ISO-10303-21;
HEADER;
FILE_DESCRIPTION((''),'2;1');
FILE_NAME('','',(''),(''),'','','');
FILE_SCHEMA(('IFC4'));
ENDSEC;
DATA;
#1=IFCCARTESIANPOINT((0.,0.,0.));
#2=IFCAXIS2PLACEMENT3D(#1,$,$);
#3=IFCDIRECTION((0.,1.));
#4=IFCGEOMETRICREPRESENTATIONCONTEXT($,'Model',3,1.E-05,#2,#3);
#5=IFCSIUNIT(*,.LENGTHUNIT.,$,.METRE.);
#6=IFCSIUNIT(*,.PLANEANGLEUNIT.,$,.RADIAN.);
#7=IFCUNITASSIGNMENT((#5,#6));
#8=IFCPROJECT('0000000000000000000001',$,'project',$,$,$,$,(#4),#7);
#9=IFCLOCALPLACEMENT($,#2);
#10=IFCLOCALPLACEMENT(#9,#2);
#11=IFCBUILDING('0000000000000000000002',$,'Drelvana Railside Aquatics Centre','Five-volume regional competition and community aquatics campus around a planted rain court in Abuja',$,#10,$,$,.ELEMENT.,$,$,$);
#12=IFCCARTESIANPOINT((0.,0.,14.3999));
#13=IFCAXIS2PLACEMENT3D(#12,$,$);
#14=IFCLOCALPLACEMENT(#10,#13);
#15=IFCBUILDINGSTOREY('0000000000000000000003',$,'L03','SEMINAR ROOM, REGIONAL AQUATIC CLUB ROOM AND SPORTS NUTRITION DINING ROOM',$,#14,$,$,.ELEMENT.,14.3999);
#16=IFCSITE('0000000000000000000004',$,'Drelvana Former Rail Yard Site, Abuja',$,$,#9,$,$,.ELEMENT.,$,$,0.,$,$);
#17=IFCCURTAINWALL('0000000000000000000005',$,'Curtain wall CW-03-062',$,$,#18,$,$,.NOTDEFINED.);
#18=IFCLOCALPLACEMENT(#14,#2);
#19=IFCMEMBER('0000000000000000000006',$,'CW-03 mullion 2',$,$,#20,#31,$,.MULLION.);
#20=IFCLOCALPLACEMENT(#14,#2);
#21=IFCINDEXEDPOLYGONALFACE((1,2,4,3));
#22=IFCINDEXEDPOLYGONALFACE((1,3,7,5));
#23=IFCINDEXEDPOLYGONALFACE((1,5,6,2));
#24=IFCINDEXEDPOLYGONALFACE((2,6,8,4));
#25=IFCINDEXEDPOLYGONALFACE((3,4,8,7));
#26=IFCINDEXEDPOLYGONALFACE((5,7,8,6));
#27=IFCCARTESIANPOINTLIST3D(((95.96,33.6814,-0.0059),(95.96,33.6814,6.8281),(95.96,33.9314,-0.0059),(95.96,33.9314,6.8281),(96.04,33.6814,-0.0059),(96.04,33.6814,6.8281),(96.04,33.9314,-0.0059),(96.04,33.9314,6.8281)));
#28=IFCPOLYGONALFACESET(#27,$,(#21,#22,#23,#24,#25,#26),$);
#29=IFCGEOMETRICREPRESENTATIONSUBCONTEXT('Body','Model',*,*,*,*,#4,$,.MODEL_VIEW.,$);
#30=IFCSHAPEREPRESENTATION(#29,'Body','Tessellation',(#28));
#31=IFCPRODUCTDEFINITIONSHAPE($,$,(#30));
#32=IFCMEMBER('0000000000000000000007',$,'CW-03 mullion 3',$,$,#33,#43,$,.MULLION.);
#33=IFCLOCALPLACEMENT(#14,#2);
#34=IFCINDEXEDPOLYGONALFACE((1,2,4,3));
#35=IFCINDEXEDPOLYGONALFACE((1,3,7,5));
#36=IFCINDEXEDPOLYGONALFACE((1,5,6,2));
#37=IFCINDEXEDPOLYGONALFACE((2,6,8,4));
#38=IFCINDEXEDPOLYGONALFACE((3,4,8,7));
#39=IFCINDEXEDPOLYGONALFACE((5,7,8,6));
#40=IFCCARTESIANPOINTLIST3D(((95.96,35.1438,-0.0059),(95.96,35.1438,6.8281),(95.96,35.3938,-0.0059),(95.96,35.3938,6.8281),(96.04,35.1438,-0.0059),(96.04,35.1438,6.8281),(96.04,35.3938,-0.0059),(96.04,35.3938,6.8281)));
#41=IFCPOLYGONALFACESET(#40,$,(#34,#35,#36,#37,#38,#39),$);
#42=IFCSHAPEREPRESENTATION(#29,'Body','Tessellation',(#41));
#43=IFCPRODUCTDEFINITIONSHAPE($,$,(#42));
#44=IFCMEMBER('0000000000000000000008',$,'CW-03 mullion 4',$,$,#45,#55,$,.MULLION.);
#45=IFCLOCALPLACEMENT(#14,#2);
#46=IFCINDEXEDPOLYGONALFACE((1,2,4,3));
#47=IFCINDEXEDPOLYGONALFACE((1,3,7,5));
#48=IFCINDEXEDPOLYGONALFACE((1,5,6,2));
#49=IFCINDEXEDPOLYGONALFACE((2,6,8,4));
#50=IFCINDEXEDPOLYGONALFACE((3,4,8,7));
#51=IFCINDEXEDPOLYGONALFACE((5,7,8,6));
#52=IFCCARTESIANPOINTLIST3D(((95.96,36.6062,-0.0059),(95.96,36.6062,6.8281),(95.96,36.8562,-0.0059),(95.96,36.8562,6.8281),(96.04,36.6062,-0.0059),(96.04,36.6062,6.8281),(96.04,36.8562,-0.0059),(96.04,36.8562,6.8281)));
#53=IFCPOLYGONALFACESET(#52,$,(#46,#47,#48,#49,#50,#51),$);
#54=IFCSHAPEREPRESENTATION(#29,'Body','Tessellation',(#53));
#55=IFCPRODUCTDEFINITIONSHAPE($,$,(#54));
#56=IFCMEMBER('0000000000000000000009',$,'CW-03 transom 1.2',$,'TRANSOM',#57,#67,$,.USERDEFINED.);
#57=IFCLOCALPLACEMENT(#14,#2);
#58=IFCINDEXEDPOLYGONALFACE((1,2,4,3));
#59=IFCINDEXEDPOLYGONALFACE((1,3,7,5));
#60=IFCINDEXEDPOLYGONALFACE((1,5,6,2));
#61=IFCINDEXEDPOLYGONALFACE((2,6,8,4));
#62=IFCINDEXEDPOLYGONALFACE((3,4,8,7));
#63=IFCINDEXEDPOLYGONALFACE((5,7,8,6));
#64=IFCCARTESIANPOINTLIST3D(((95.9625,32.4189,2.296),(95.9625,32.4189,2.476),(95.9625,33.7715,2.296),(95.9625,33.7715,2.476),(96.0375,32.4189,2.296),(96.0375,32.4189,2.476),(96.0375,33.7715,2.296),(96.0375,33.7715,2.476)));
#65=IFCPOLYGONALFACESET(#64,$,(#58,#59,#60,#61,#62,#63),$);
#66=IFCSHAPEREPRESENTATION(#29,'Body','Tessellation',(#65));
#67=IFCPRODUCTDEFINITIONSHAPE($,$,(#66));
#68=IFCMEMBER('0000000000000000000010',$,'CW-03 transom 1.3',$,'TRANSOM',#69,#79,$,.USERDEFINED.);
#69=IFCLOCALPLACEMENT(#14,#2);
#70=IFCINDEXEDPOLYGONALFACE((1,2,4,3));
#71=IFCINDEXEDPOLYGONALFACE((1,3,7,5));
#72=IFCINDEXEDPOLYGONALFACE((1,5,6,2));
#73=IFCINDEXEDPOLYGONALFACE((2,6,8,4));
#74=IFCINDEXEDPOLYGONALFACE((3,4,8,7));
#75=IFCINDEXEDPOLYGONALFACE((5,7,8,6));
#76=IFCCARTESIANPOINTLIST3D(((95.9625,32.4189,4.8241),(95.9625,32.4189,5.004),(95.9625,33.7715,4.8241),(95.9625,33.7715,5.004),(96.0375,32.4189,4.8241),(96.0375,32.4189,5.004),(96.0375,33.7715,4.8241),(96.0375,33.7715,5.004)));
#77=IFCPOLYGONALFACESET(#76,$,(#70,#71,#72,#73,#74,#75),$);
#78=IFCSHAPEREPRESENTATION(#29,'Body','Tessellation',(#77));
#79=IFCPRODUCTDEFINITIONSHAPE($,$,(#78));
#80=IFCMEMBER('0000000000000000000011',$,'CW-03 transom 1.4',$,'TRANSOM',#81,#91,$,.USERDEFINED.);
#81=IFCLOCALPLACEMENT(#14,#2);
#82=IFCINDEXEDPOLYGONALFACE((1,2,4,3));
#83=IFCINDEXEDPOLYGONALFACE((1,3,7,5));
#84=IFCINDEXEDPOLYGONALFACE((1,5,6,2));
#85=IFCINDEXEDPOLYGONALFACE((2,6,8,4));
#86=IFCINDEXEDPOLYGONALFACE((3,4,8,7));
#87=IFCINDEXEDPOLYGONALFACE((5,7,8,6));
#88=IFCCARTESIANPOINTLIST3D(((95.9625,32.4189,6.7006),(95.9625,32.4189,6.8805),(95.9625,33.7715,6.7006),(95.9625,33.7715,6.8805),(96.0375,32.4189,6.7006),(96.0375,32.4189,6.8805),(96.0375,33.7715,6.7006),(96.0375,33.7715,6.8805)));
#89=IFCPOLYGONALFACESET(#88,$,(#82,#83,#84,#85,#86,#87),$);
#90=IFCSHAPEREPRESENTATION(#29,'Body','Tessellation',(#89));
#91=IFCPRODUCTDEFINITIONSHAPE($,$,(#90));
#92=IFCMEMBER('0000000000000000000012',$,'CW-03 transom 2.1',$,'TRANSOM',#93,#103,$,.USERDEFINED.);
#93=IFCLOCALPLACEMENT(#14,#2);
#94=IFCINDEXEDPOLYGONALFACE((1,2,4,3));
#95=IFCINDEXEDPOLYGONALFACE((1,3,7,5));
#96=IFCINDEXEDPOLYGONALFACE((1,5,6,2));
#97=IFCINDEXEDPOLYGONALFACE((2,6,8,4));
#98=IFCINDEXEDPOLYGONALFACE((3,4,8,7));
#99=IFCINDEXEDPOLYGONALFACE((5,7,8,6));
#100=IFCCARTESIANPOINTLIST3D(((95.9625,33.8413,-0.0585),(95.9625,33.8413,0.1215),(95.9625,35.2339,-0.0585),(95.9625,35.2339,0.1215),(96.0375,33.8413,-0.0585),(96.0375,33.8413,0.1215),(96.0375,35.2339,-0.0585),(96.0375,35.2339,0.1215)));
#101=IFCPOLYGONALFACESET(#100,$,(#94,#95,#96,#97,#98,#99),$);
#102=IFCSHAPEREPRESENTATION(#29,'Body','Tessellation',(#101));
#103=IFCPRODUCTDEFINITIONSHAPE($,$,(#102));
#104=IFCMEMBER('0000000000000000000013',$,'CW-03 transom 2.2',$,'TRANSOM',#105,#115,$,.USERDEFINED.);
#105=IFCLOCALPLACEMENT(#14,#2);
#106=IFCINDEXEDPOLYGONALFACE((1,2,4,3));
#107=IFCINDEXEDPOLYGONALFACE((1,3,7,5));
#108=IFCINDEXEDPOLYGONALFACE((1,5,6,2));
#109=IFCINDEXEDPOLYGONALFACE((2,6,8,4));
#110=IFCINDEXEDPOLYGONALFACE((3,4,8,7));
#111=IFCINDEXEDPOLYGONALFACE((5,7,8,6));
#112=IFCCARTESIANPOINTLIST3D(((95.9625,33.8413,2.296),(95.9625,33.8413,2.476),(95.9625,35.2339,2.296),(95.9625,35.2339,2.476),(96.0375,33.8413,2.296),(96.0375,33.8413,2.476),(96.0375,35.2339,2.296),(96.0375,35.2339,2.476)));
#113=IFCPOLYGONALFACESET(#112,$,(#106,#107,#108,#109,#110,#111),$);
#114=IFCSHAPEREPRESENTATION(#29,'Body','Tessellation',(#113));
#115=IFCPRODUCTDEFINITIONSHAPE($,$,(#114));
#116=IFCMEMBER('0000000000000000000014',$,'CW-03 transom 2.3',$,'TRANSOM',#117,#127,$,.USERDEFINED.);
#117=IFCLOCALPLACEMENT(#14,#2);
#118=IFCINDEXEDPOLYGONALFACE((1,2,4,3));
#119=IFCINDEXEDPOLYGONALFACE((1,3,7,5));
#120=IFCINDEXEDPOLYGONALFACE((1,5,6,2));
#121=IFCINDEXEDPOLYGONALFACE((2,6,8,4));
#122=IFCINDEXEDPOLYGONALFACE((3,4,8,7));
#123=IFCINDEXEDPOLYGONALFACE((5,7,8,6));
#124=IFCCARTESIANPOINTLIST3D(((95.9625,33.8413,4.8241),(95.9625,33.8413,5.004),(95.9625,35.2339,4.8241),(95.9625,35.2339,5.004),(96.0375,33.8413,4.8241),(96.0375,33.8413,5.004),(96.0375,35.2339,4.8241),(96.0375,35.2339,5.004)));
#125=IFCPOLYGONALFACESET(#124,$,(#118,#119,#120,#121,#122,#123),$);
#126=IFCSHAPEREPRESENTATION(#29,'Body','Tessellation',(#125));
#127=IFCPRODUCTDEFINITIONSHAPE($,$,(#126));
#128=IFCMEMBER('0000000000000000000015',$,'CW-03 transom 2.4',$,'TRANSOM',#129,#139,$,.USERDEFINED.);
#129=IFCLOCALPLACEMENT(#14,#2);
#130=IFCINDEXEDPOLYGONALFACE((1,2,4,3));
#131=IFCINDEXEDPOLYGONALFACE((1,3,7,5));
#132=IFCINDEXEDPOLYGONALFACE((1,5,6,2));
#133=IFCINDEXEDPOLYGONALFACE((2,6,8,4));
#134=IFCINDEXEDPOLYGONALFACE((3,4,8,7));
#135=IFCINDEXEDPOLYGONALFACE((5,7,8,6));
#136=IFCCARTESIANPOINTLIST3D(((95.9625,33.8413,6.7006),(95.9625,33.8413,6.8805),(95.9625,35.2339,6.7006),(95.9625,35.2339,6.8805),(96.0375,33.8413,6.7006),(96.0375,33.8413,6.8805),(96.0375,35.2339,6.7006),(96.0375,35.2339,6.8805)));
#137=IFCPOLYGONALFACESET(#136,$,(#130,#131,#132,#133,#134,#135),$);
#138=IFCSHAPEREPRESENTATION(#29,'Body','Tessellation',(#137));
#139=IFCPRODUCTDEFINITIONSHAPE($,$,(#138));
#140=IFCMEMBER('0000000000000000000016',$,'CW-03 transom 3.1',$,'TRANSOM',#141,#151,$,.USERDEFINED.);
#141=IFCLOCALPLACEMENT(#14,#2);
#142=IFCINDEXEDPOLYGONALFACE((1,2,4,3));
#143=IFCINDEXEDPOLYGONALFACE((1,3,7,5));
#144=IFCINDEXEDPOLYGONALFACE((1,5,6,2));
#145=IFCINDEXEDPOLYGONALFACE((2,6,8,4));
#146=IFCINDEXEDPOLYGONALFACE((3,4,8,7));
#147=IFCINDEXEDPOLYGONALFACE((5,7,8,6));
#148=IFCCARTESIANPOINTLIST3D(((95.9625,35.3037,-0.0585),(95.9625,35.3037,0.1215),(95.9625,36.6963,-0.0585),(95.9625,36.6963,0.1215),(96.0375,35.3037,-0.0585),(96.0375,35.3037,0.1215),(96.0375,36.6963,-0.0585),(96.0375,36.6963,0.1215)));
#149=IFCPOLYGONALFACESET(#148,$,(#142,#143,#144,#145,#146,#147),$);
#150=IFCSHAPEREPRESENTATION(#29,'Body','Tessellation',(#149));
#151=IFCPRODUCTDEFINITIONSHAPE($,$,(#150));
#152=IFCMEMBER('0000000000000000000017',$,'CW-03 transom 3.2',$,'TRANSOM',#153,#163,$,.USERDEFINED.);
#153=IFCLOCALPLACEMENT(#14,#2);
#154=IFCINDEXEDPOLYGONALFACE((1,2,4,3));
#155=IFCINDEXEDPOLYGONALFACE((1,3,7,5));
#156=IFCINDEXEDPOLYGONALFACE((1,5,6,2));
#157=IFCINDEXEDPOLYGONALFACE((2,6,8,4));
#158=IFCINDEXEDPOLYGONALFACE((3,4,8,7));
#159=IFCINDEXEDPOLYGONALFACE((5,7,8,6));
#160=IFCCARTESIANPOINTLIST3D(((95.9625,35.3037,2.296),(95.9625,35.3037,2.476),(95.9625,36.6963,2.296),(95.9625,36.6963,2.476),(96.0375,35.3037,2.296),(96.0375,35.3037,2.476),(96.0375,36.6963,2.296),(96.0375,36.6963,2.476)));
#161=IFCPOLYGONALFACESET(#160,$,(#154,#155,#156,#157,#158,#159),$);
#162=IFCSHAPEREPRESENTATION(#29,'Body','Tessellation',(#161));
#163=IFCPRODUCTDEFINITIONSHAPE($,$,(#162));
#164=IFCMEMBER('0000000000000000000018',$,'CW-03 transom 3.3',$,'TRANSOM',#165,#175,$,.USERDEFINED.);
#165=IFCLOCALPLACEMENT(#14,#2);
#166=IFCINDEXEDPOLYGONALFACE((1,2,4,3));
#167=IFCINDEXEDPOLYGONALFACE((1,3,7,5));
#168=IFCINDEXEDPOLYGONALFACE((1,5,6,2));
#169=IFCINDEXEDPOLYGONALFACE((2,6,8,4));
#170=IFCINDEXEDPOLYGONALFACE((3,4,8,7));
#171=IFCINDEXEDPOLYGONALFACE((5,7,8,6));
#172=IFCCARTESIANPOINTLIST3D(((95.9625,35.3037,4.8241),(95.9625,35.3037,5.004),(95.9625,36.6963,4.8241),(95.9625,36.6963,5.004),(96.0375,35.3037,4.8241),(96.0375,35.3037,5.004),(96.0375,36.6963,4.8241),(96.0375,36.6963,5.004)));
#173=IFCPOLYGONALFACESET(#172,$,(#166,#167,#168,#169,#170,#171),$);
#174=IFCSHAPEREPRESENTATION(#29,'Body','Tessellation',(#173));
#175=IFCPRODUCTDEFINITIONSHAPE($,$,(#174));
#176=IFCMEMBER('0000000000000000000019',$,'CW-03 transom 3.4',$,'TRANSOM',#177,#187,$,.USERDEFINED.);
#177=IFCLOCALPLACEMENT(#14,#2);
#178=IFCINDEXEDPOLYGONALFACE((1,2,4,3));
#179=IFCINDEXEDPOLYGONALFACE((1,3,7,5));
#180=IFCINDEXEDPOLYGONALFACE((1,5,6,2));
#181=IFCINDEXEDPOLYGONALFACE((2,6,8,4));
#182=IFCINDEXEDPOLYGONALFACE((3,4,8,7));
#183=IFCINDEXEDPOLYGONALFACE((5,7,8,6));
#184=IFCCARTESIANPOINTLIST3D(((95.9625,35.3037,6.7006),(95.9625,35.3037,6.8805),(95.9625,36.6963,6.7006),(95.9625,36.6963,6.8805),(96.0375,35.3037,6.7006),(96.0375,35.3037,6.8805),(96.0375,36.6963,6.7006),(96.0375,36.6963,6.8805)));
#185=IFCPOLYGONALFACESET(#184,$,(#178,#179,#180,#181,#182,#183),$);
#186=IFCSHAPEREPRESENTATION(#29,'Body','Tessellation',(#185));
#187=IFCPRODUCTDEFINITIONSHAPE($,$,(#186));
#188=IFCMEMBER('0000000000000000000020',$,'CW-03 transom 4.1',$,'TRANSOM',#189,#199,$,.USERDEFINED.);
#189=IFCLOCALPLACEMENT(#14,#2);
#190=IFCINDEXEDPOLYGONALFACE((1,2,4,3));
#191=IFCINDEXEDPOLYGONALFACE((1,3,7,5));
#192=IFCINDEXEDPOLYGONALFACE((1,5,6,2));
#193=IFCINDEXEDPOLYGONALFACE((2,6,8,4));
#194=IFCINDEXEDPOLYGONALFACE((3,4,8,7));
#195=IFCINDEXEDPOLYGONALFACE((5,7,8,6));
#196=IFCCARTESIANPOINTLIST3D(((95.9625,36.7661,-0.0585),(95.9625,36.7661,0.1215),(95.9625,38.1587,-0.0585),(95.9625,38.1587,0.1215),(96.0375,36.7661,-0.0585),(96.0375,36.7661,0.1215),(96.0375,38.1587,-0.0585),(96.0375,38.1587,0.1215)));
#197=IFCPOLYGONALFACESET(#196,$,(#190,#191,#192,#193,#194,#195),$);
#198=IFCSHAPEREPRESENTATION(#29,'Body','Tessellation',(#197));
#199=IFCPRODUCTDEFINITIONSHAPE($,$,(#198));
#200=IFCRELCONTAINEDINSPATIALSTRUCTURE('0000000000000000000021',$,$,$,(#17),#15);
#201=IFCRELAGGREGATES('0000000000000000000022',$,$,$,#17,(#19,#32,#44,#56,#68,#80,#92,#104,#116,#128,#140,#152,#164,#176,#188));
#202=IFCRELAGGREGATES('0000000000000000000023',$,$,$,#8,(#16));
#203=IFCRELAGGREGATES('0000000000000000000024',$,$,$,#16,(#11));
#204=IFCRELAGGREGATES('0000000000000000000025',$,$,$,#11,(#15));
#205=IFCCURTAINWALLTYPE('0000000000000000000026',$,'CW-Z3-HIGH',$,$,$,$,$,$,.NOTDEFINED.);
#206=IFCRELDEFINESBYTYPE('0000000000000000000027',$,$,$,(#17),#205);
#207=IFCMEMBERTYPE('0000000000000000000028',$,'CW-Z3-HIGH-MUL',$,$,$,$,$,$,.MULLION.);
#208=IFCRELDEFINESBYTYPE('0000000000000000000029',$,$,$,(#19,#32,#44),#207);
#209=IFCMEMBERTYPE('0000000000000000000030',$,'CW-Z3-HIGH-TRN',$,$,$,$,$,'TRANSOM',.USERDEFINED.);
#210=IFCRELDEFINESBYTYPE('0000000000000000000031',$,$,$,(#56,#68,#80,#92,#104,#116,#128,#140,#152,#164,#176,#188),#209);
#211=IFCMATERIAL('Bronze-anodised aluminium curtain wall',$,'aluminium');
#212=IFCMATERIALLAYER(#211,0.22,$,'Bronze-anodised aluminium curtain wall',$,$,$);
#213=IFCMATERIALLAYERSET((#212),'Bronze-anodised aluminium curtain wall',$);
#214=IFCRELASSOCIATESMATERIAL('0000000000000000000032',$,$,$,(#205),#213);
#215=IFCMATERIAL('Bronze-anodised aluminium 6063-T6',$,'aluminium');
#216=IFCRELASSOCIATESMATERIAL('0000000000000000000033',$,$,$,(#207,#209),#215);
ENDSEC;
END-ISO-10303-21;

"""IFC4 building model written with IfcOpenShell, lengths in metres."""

from ifc_helpers import new_model, si_unit, direction, frame, origin, origin_2d, place, context, subcontext, project, spatial, rectangle, extrude, material, layer, layer_set, material_profile, profile_set, type_object, element, aggregate, save


model = new_model("IFC4")

# Units and contexts
model_context = context("Model", 3, precision=1e-05, world=origin(), true_north=direction((0.0, 1.0)))
body_context = subcontext(model_context, "Body", "Model", "MODEL_VIEW")
ifc_project = project(units=[si_unit("LENGTHUNIT", "METRE"), si_unit("PLANEANGLEUNIT", "RADIAN")], contexts=[model_context])

# Site, building, storey
site_placement = place(None, origin())
site = spatial("IfcSite", under=ifc_project, at=site_placement, Name="Drelvana Former Rail Yard Site, Abuja", CompositionType="ELEMENT", RefElevation=0.0)
building_placement = place(site_placement, origin())
building = spatial("IfcBuilding", under=site, at=building_placement, Name="Drelvana Railside Aquatics Centre", Description="Five-volume regional competition and community aquatics campus around a planted rain court in Abuja", CompositionType="ELEMENT")
storey_placement = place(building_placement, frame((0.0, 0.0, 14.3999)))
storey = spatial("IfcBuildingStorey", under=building, at=storey_placement, Name="L03", Description="SEMINAR ROOM, REGIONAL AQUATIC CLUB ROOM AND SPORTS NUTRITION DINING ROOM", CompositionType="ELEMENT", Elevation=14.3999)

# Curtain wall, members
ifc_material_1 = material(Name="Bronze-anodised aluminium curtain wall", Category="aluminium")
ifc_layer_1 = layer(ifc_material_1, 0.22, Name="Bronze-anodised aluminium curtain wall")
ifc_layer_set_1 = layer_set([ifc_layer_1], Name="Bronze-anodised aluminium curtain wall")
curtain_wall_type = type_object("IfcCurtainWallType", Name="CW-Z3-HIGH", PredefinedType="NOTDEFINED", material=ifc_layer_set_1)
curtain_wall_placement = place(storey_placement, origin())
curtain_wall = element("IfcCurtainWall", 1, at=curtain_wall_placement, inside=storey, type_object=curtain_wall_type, Name="Curtain wall CW-03-062", PredefinedType="NOTDEFINED")
ifc_material_2 = material(Name="Bronze-anodised aluminium 6063-T6", Category="aluminium")
ifc_material_profile_1 = material_profile(ifc_material_2, rectangle(XDim=0.0801, YDim=0.25, at=origin_2d()), Name="ALU-M 80x250")
ifc_profile_set_1 = profile_set([ifc_material_profile_1], Name="Bronze-anodised aluminium 6063-T6")
member_type_1 = type_object("IfcMemberType", Name="CW-Z3-HIGH-MUL", PredefinedType="MULLION", material=ifc_profile_set_1)
member_1_placement = place(storey_placement, frame((96.0, 33.8064, -0.0059), z_axis=(0.0, 0.0, 1.0), x_axis=(-1.0, 0.0, 0.0)))
member_1 = element("IfcMember", 2, at=member_1_placement, type_object=member_type_1, Name="CW-03 mullion 2", PredefinedType="MULLION", context=body_context, shape_type="SweptSolid", body=[
    extrude(rectangle(XDim=0.0801, YDim=0.25, at=origin_2d()), origin(), (0.0, 0.0, 1.0), 6.834),
])
member_2_placement = place(storey_placement, frame((96.0, 35.2688, -0.0059), z_axis=(0.0, 0.0, 1.0), x_axis=(-1.0, 0.0, 0.0)))
member_2 = element("IfcMember", 3, at=member_2_placement, type_object=member_type_1, Name="CW-03 mullion 3", PredefinedType="MULLION", context=body_context, shape_type="SweptSolid", body=[
    extrude(rectangle(XDim=0.0801, YDim=0.25, at=origin_2d()), origin(), (0.0, 0.0, 1.0), 6.834),
])
member_3_placement = place(storey_placement, frame((96.0, 36.7312, -0.0059), z_axis=(0.0, 0.0, 1.0), x_axis=(-1.0, 0.0, 0.0)))
member_3 = element("IfcMember", 4, at=member_3_placement, type_object=member_type_1, Name="CW-03 mullion 4", PredefinedType="MULLION", context=body_context, shape_type="SweptSolid", body=[
    extrude(rectangle(XDim=0.0801, YDim=0.25, at=origin_2d()), origin(), (0.0, 0.0, 1.0), 6.834),
])
ifc_material_profile_2 = material_profile(ifc_material_2, rectangle(XDim=0.1799, YDim=0.075, at=origin_2d()), Name="ALU-T 75x180")
ifc_profile_set_2 = profile_set([ifc_material_profile_2], Name="Bronze-anodised aluminium 6063-T6")
member_type_2 = type_object("IfcMemberType", Name="CW-Z3-HIGH-TRN", ElementType="TRANSOM", PredefinedType="USERDEFINED", material=ifc_profile_set_2)
member_4_placement = place(storey_placement, frame((96.0, 32.4189, 2.386), z_axis=(0.0, 1.0, 0.0), x_axis=(0.0, 0.0, 1.0)))
member_4 = element("IfcMember", 5, at=member_4_placement, type_object=member_type_2, Name="CW-03 transom 1.2", ObjectType="TRANSOM", PredefinedType="USERDEFINED", context=body_context, shape_type="SweptSolid", body=[
    extrude(rectangle(XDim=0.1799, YDim=0.075, at=origin_2d()), origin(), (0.0, 0.0, 1.0), 1.3525),
])
member_5_placement = place(storey_placement, frame((96.0, 32.4189, 4.9141), z_axis=(0.0, 1.0, 0.0), x_axis=(0.0, 0.0, 1.0)))
member_5 = element("IfcMember", 6, at=member_5_placement, type_object=member_type_2, Name="CW-03 transom 1.3", ObjectType="TRANSOM", PredefinedType="USERDEFINED", context=body_context, shape_type="SweptSolid", body=[
    extrude(rectangle(XDim=0.1799, YDim=0.075, at=origin_2d()), origin(), (0.0, 0.0, 1.0), 1.3525),
])
member_6_placement = place(storey_placement, frame((96.0, 32.4189, 6.7905), z_axis=(0.0, 1.0, 0.0), x_axis=(0.0, 0.0, 1.0)))
member_6 = element("IfcMember", 7, at=member_6_placement, type_object=member_type_2, Name="CW-03 transom 1.4", ObjectType="TRANSOM", PredefinedType="USERDEFINED", context=body_context, shape_type="SweptSolid", body=[
    extrude(rectangle(XDim=0.1799, YDim=0.075, at=origin_2d()), origin(), (0.0, 0.0, 1.0), 1.3525),
])
member_7_placement = place(storey_placement, frame((96.0, 33.8413, 0.0315), z_axis=(0.0, 1.0, 0.0), x_axis=(0.0, 0.0, 1.0)))
member_7 = element("IfcMember", 8, at=member_7_placement, type_object=member_type_2, Name="CW-03 transom 2.1", ObjectType="TRANSOM", PredefinedType="USERDEFINED", context=body_context, shape_type="SweptSolid", body=[
    extrude(rectangle(XDim=0.1799, YDim=0.075, at=origin_2d()), origin(), (0.0, 0.0, 1.0), 1.3926),
])
member_8_placement = place(storey_placement, frame((96.0, 33.8413, 2.386), z_axis=(0.0, 1.0, 0.0), x_axis=(0.0, 0.0, 1.0)))
member_8 = element("IfcMember", 9, at=member_8_placement, type_object=member_type_2, Name="CW-03 transom 2.2", ObjectType="TRANSOM", PredefinedType="USERDEFINED", context=body_context, shape_type="SweptSolid", body=[
    extrude(rectangle(XDim=0.1799, YDim=0.075, at=origin_2d()), origin(), (0.0, 0.0, 1.0), 1.3926),
])
member_9_placement = place(storey_placement, frame((96.0, 33.8413, 4.9141), z_axis=(0.0, 1.0, 0.0), x_axis=(0.0, 0.0, 1.0)))
member_9 = element("IfcMember", 10, at=member_9_placement, type_object=member_type_2, Name="CW-03 transom 2.3", ObjectType="TRANSOM", PredefinedType="USERDEFINED", context=body_context, shape_type="SweptSolid", body=[
    extrude(rectangle(XDim=0.1799, YDim=0.075, at=origin_2d()), origin(), (0.0, 0.0, 1.0), 1.3926),
])
member_10_placement = place(storey_placement, frame((96.0, 33.8413, 6.7905), z_axis=(0.0, 1.0, 0.0), x_axis=(0.0, 0.0, 1.0)))
member_10 = element("IfcMember", 11, at=member_10_placement, type_object=member_type_2, Name="CW-03 transom 2.4", ObjectType="TRANSOM", PredefinedType="USERDEFINED", context=body_context, shape_type="SweptSolid", body=[
    extrude(rectangle(XDim=0.1799, YDim=0.075, at=origin_2d()), origin(), (0.0, 0.0, 1.0), 1.3926),
])
member_11_placement = place(storey_placement, frame((96.0, 35.3037, 0.0315), z_axis=(0.0, 1.0, 0.0), x_axis=(0.0, 0.0, 1.0)))
member_11 = element("IfcMember", 12, at=member_11_placement, type_object=member_type_2, Name="CW-03 transom 3.1", ObjectType="TRANSOM", PredefinedType="USERDEFINED", context=body_context, shape_type="SweptSolid", body=[
    extrude(rectangle(XDim=0.1799, YDim=0.075, at=origin_2d()), origin(), (0.0, 0.0, 1.0), 1.3926),
])
member_12_placement = place(storey_placement, frame((96.0, 35.3037, 2.386), z_axis=(0.0, 1.0, 0.0), x_axis=(0.0, 0.0, 1.0)))
member_12 = element("IfcMember", 13, at=member_12_placement, type_object=member_type_2, Name="CW-03 transom 3.2", ObjectType="TRANSOM", PredefinedType="USERDEFINED", context=body_context, shape_type="SweptSolid", body=[
    extrude(rectangle(XDim=0.1799, YDim=0.075, at=origin_2d()), origin(), (0.0, 0.0, 1.0), 1.3926),
])
member_13_placement = place(storey_placement, frame((96.0, 35.3037, 4.9141), z_axis=(0.0, 1.0, 0.0), x_axis=(0.0, 0.0, 1.0)))
member_13 = element("IfcMember", 14, at=member_13_placement, type_object=member_type_2, Name="CW-03 transom 3.3", ObjectType="TRANSOM", PredefinedType="USERDEFINED", context=body_context, shape_type="SweptSolid", body=[
    extrude(rectangle(XDim=0.1799, YDim=0.075, at=origin_2d()), origin(), (0.0, 0.0, 1.0), 1.3926),
])
member_14_placement = place(storey_placement, frame((96.0, 35.3037, 6.7905), z_axis=(0.0, 1.0, 0.0), x_axis=(0.0, 0.0, 1.0)))
member_14 = element("IfcMember", 15, at=member_14_placement, type_object=member_type_2, Name="CW-03 transom 3.4", ObjectType="TRANSOM", PredefinedType="USERDEFINED", context=body_context, shape_type="SweptSolid", body=[
    extrude(rectangle(XDim=0.1799, YDim=0.075, at=origin_2d()), origin(), (0.0, 0.0, 1.0), 1.3926),
])
member_15_placement = place(storey_placement, frame((96.0, 36.7661, 0.0315), z_axis=(0.0, 1.0, 0.0), x_axis=(0.0, 0.0, 1.0)))
member_15 = element("IfcMember", 16, at=member_15_placement, type_object=member_type_2, Name="CW-03 transom 4.1", ObjectType="TRANSOM", PredefinedType="USERDEFINED", context=body_context, shape_type="SweptSolid", body=[
    extrude(rectangle(XDim=0.1799, YDim=0.075, at=origin_2d()), origin(), (0.0, 0.0, 1.0), 1.3926),
])
aggregate(curtain_wall, [member_1, member_2, member_3, member_4, member_5, member_6, member_7, member_8, member_9, member_10, member_11, member_12, member_13, member_14, member_15])

save(model, "model.ifc")
